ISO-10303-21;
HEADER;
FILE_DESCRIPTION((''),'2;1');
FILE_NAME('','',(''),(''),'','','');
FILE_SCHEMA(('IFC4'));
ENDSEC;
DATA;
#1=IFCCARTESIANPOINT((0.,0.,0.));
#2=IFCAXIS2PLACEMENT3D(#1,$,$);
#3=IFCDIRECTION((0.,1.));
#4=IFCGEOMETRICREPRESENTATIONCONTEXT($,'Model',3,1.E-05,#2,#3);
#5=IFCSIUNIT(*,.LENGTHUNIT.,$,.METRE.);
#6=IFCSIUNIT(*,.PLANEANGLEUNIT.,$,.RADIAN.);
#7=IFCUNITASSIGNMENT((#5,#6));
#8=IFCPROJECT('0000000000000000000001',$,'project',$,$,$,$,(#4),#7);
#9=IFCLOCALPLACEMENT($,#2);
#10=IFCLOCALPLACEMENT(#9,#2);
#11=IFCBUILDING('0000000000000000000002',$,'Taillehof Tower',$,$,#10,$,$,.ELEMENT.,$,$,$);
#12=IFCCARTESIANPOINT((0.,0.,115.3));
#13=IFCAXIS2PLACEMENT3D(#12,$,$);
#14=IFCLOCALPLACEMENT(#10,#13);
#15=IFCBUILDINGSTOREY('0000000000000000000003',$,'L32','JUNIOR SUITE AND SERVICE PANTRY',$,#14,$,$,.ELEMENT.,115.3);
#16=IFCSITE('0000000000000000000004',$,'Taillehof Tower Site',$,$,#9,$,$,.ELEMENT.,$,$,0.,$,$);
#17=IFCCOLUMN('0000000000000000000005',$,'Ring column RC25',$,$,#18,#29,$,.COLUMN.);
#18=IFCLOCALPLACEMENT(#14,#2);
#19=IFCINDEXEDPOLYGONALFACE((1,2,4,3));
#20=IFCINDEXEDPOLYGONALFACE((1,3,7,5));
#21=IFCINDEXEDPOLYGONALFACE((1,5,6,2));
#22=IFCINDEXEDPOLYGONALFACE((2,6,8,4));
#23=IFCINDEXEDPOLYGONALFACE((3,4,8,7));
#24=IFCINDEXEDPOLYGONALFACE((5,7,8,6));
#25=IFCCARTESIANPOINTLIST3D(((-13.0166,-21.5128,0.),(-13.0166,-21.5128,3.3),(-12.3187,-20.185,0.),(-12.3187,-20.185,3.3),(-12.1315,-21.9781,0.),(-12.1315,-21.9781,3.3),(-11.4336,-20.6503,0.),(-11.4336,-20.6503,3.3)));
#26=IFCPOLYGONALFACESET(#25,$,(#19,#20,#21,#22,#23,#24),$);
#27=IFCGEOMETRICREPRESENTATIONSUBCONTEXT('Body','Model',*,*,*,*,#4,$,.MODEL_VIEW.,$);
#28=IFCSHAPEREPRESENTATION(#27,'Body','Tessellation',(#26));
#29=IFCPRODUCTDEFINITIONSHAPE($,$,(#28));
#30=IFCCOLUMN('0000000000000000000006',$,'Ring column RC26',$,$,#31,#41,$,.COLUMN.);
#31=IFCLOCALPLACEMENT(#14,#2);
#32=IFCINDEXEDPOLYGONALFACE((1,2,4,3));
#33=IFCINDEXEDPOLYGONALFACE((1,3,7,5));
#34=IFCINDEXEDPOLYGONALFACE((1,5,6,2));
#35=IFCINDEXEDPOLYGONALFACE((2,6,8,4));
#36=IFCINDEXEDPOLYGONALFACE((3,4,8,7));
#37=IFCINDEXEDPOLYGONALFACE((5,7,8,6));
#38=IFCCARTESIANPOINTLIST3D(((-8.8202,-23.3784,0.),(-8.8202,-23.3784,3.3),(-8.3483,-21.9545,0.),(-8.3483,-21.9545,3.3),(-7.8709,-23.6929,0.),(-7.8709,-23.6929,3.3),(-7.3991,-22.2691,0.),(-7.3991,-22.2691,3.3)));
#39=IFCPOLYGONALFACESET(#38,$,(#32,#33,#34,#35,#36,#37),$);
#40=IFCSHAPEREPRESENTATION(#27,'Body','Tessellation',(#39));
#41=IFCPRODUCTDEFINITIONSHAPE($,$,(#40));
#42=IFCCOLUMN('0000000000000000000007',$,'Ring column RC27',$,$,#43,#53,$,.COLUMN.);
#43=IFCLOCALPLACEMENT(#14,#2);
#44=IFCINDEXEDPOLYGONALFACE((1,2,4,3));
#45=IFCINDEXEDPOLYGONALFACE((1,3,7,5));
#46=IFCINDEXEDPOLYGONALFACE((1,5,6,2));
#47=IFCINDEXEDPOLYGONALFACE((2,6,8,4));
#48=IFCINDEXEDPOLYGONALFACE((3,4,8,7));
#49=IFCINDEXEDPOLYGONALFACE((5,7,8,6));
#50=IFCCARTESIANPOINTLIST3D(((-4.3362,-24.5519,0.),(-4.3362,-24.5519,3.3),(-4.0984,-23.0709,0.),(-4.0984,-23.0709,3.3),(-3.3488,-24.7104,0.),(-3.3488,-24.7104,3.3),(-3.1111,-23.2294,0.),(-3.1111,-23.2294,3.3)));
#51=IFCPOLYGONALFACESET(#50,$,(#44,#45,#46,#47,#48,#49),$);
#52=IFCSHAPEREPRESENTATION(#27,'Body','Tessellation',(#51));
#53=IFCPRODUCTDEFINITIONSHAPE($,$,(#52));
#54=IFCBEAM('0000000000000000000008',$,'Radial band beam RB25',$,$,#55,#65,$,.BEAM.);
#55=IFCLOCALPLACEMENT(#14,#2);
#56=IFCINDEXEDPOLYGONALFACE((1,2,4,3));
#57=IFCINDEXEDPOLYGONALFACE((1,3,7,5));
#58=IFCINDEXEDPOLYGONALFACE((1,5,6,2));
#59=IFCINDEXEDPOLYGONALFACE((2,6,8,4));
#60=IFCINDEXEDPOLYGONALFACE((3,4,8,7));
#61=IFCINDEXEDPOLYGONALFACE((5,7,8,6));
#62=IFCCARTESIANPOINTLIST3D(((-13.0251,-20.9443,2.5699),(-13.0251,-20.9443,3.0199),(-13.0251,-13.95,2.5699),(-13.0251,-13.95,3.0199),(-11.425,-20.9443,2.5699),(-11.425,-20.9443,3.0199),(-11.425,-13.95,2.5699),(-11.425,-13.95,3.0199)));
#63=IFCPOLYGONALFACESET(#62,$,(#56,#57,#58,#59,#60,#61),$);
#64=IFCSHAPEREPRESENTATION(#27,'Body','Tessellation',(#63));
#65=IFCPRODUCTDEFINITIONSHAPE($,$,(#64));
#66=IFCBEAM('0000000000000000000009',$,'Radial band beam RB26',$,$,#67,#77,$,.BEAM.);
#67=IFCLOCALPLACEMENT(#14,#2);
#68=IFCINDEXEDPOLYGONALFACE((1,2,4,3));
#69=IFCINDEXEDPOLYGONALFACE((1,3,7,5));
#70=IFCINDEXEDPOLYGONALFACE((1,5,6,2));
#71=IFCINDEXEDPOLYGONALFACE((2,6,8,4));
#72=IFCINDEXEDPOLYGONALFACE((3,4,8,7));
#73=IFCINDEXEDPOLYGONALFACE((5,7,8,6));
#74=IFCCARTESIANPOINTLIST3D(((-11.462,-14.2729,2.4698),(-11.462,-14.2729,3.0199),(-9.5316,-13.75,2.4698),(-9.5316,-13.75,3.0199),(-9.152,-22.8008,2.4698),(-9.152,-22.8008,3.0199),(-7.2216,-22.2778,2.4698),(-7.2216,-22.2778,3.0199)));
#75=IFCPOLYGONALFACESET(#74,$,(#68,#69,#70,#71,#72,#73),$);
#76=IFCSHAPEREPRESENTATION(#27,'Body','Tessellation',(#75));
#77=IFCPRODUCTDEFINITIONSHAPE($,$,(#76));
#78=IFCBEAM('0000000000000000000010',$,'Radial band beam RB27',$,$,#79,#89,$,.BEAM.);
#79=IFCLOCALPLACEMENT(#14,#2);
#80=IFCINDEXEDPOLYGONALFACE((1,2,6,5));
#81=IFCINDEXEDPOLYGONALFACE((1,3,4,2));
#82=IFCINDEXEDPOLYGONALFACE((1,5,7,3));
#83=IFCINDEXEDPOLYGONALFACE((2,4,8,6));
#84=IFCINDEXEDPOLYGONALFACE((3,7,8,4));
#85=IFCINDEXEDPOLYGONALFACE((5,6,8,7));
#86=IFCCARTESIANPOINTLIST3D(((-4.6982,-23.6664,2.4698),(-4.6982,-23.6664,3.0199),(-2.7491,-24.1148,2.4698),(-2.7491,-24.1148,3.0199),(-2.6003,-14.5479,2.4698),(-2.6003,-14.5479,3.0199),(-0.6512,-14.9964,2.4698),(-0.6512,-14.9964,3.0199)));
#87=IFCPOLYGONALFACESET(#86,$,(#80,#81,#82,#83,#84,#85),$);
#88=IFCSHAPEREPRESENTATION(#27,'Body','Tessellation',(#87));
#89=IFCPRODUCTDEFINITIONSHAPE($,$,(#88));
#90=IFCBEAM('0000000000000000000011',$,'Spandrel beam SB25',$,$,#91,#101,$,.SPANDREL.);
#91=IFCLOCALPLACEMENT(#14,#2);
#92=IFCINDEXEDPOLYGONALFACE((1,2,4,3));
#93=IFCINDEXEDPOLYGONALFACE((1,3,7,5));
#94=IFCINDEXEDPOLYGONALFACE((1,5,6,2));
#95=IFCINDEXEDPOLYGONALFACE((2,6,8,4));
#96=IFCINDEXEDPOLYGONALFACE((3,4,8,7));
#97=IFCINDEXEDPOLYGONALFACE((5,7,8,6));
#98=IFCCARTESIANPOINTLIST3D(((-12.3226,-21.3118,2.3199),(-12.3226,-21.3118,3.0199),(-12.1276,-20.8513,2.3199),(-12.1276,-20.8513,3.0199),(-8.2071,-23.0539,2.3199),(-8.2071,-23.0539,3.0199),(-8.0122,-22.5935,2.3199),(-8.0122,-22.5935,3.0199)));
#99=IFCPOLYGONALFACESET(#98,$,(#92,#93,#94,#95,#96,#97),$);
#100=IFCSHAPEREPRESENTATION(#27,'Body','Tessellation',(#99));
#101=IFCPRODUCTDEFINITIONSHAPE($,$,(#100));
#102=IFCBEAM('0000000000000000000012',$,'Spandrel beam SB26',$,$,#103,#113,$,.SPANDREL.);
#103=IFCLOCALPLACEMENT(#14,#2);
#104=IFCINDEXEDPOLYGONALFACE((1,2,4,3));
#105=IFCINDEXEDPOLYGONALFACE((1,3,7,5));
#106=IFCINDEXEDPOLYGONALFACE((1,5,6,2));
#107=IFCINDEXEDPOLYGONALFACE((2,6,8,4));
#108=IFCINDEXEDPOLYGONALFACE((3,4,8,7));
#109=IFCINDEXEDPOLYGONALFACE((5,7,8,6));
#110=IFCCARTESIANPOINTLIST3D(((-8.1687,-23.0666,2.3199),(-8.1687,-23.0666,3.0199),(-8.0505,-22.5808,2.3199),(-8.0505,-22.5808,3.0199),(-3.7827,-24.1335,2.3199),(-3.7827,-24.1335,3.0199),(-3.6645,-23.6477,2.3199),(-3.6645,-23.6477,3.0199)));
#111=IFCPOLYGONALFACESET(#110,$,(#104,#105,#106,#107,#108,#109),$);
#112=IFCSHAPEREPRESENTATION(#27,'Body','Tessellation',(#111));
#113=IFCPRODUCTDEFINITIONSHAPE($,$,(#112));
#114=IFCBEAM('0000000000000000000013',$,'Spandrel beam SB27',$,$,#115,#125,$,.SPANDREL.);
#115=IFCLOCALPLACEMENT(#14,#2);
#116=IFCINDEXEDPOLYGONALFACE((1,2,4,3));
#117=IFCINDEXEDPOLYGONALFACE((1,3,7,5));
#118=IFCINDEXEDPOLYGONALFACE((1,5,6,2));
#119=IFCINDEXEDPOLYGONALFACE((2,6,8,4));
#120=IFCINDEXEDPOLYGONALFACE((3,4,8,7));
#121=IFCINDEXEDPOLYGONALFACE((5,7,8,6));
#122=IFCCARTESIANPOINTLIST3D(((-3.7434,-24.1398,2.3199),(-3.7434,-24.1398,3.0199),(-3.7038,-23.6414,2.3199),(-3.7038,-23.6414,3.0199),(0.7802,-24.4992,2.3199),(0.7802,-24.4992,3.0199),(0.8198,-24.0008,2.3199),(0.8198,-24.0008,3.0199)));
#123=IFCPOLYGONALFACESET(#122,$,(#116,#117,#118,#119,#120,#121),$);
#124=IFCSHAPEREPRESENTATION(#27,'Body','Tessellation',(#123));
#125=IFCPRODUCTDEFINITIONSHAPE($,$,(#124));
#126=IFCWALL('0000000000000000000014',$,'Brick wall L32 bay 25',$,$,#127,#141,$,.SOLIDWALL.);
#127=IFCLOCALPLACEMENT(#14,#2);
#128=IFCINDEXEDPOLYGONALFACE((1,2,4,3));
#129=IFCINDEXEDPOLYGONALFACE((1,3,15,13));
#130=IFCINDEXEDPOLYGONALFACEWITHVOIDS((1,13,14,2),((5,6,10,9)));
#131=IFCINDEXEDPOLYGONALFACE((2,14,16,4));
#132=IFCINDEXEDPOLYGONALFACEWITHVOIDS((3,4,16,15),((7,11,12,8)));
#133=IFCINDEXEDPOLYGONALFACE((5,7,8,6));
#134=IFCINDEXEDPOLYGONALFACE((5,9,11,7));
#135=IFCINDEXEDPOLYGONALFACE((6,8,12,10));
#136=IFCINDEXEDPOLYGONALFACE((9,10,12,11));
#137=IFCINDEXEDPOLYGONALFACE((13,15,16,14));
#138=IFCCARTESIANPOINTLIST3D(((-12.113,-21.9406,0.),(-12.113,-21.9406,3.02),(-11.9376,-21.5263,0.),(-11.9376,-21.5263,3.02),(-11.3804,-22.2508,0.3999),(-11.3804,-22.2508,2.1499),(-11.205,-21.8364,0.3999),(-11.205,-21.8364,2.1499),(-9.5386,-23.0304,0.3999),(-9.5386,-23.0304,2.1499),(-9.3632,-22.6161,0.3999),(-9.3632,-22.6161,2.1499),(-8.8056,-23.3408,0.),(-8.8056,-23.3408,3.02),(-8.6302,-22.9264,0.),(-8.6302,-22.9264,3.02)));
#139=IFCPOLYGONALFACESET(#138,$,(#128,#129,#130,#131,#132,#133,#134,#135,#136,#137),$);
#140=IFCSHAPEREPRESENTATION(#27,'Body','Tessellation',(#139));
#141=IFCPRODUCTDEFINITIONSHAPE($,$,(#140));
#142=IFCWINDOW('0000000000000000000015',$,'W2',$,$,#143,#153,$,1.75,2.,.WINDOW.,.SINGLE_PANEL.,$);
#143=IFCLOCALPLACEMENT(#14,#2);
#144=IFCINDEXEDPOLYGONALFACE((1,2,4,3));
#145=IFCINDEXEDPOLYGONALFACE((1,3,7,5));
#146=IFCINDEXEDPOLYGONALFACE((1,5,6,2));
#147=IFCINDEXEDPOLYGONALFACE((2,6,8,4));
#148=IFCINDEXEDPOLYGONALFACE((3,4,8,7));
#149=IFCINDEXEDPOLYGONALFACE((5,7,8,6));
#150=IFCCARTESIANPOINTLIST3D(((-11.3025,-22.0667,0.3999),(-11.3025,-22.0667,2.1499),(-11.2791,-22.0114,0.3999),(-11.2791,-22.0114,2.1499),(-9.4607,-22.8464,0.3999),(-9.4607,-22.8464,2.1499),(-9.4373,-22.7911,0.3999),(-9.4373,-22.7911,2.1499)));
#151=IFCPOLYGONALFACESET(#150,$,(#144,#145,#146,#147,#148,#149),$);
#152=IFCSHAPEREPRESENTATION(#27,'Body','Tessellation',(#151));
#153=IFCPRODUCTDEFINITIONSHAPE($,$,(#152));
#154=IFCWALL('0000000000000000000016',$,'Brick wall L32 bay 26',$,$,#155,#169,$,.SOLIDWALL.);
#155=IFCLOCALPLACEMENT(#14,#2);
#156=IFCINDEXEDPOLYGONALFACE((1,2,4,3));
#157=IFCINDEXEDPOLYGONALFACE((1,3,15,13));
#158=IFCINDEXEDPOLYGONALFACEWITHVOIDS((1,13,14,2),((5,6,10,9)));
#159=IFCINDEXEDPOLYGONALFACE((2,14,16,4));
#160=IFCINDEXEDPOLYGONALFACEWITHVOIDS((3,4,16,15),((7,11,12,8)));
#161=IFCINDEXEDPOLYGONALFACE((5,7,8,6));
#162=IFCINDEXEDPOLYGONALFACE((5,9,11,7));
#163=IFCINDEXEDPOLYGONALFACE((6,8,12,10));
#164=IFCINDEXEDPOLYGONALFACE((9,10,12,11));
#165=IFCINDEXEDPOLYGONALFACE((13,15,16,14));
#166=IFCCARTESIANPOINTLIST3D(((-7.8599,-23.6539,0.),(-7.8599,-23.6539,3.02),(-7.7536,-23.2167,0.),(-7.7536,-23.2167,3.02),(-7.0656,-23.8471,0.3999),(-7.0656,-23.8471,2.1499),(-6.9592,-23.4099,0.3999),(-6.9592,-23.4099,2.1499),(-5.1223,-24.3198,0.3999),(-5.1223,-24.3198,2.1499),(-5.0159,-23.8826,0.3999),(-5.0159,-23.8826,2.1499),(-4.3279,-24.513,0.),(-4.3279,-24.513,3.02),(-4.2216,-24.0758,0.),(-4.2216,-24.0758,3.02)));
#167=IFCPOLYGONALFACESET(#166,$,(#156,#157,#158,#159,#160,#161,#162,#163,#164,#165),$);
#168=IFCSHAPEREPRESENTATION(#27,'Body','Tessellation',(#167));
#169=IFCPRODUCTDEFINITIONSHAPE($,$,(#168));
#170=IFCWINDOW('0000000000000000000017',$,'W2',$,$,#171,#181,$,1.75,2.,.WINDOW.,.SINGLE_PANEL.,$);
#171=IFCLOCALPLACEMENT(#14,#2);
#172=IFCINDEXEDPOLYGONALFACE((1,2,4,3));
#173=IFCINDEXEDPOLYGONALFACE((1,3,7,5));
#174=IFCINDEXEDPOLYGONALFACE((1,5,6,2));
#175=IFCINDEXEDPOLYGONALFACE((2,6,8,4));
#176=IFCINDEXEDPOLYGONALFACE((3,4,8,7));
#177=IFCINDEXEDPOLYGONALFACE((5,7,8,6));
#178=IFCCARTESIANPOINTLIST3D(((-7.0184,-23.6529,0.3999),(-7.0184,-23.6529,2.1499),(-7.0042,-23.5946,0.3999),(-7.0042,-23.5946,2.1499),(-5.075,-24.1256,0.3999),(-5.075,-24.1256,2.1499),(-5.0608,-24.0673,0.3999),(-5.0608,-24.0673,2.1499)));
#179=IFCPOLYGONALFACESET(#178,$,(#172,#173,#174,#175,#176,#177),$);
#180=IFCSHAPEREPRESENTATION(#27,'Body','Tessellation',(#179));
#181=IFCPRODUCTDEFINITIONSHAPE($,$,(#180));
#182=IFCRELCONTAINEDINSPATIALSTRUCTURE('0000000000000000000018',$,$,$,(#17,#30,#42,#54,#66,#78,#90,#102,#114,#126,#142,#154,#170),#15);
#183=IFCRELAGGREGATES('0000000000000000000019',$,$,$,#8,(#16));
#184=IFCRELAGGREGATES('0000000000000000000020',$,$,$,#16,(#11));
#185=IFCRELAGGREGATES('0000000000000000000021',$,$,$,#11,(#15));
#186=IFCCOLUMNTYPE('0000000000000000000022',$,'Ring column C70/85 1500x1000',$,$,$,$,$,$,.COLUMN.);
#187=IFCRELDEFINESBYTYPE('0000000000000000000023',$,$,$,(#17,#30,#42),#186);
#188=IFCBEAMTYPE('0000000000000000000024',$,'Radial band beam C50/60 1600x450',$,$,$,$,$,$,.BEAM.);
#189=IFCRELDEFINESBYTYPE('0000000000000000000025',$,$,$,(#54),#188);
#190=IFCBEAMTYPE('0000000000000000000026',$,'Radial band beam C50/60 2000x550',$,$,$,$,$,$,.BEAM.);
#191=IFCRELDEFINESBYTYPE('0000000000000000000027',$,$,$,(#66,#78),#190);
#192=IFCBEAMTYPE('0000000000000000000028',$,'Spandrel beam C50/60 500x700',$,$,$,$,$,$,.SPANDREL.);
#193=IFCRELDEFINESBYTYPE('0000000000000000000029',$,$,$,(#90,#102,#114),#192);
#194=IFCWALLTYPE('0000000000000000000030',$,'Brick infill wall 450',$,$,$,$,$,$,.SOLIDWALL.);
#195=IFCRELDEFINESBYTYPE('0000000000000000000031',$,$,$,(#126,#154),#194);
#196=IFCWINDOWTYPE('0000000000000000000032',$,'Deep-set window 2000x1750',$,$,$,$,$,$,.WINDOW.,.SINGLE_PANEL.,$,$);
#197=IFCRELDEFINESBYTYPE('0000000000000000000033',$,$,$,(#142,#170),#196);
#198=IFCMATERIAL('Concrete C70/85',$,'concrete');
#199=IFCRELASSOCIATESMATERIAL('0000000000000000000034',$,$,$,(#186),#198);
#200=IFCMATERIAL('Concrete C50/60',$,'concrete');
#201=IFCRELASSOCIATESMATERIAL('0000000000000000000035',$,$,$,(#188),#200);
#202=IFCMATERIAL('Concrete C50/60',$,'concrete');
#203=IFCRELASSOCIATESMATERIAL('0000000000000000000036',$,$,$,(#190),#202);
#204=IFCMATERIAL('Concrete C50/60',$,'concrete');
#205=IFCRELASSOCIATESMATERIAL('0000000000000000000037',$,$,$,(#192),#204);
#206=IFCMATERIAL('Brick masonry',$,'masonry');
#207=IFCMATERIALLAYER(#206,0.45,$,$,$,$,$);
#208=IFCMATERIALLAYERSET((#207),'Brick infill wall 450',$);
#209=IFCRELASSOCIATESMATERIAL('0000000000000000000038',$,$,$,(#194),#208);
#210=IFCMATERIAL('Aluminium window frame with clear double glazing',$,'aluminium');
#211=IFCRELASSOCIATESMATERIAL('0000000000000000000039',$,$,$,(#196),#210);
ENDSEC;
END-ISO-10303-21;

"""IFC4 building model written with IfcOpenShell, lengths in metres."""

from ifc_helpers import new_model, si_unit, direction, frame, frame_2d, origin, origin_2d, place, context, subcontext, project, spatial, rectangle, extrude, material, layer, layer_set, material_profile, profile_set, type_object, element, fill, save


model = new_model("IFC4")

# Units and contexts
model_context = context("Model", 3, precision=1e-05, world=origin(), true_north=direction((0.0, 1.0)))
body_context = subcontext(model_context, "Body", "Model", "MODEL_VIEW")
ifc_project = project(units=[si_unit("LENGTHUNIT", "METRE"), si_unit("PLANEANGLEUNIT", "RADIAN")], contexts=[model_context])

# Site, building, storey
site_placement = place(None, origin())
site = spatial("IfcSite", under=ifc_project, at=site_placement, Name="Taillehof Tower Site", CompositionType="ELEMENT", RefElevation=0.0)
building_placement = place(site_placement, origin())
building = spatial("IfcBuilding", under=site, at=building_placement, Name="Taillehof Tower", CompositionType="ELEMENT")
storey_placement = place(building_placement, frame((0.0, 0.0, 115.3)))
storey = spatial("IfcBuildingStorey", under=building, at=storey_placement, Name="L32", Description="JUNIOR SUITE AND SERVICE PANTRY", CompositionType="ELEMENT", Elevation=115.3)

# Columns
ifc_material_1 = material(Name="Concrete C70/85", Category="concrete")
ifc_material_profile_1 = material_profile(ifc_material_1, rectangle(XDim=1.5, YDim=1.0, at=origin_2d()), Name="RC 1500x1000")
ifc_profile_set_1 = profile_set([ifc_material_profile_1], Name="Concrete C70/85")
column_type = type_object("IfcColumnType", Name="Ring column C70/85 1500x1000", PredefinedType="COLUMN", material=ifc_profile_set_1)
for number, where, z_axis, x_axis, name in (
    (1, (-12.2251, -21.0815, 0.0), (0.0, 0.0, 1.0), (-0.465283, -0.885162, 0.0), "Ring column RC25"),
    (2, (-8.1096, -22.8237, 0.0), (0.0, 0.0, 1.0), (-0.314555, -0.949239, 0.0), "Ring column RC26"),
    (3, (-3.7236, -23.8906, 0.0), (0.0, 0.0, 1.0), (-0.158507, -0.987358, 0.0), "Ring column RC27"),
):
    element("IfcColumn", number, at=place(storey_placement, frame(where, z_axis=z_axis, x_axis=x_axis)), inside=storey, type_object=column_type, Name=name, PredefinedType="COLUMN", context=body_context, shape_type="SweptSolid", body=[
        extrude(rectangle(XDim=1.5, YDim=1.0, at=origin_2d()), origin(), (0.0, 0.0, 1.0), 3.3),
    ])

# Beams
ifc_material_2 = material(Name="Concrete C50/60", Category="concrete")
ifc_material_profile_2 = material_profile(ifc_material_2, rectangle(XDim=1.6001, YDim=0.45, at=origin_2d()), Name="RC 1600x450")
ifc_profile_set_2 = profile_set([ifc_material_profile_2], Name="Concrete C50/60")
beam_type_1 = type_object("IfcBeamType", Name="Radial band beam C50/60 1600x450", PredefinedType="BEAM", material=ifc_profile_set_2)
beam_1_placement = place(storey_placement, frame((-12.2251, -20.9443, 2.7949), z_axis=(0.0, 1.0, 0.0), x_axis=(-1.0, 0.0, 0.0)))
element("IfcBeam", 4, at=beam_1_placement, inside=storey, type_object=beam_type_1, Name="Radial band beam RB25", PredefinedType="BEAM", context=body_context, shape_type="SweptSolid", body=[
    extrude(rectangle(XDim=1.6001, YDim=0.45, at=origin_2d()), origin(), (0.0, 0.0, 1.0), 6.9944),
])
ifc_material_3 = material(Name="Concrete C50/60", Category="concrete")
ifc_material_profile_3 = material_profile(ifc_material_3, rectangle(XDim=2.0, YDim=0.55, at=origin_2d()), Name="RC 2000x550")
ifc_profile_set_3 = profile_set([ifc_material_profile_3], Name="Concrete C50/60")
beam_type_2 = type_object("IfcBeamType", Name="Radial band beam C50/60 2000x550", PredefinedType="BEAM", material=ifc_profile_set_3)
beam_2_placement = place(storey_placement, frame((-8.1868, -22.5393, 2.7449), z_axis=(-0.261462, 0.965214, 0.0), x_axis=(-0.965214, -0.261462, 0.0)))
element("IfcBeam", 5, at=beam_2_placement, inside=storey, type_object=beam_type_2, Name="Radial band beam RB26", PredefinedType="BEAM", context=body_context, shape_type="SweptSolid", body=[
    extrude(rectangle(XDim=2.0, YDim=0.55, at=origin_2d()), origin(), (0.0, 0.0, 1.0), 8.8352),
])
beam_3_placement = place(storey_placement, frame((-3.7236, -23.8906, 2.7449), z_axis=(0.224215, 0.97454, 0.0), x_axis=(-0.97454, 0.224215, 0.0)))
element("IfcBeam", 6, at=beam_3_placement, inside=storey, type_object=beam_type_2, Name="Radial band beam RB27", PredefinedType="BEAM", context=body_context, shape_type="SweptSolid", body=[
    extrude(rectangle(XDim=2.0, YDim=0.55, at=origin_2d()), origin(), (0.0, 0.0, 1.0), 9.3567),
])
ifc_material_4 = material(Name="Concrete C50/60", Category="concrete")
ifc_material_profile_4 = material_profile(ifc_material_4, rectangle(XDim=0.5, YDim=0.7, at=origin_2d()), Name="RC 500x700")
ifc_profile_set_4 = profile_set([ifc_material_profile_4], Name="Concrete C50/60")
beam_type_3 = type_object("IfcBeamType", Name="Spandrel beam C50/60 500x700", PredefinedType="SPANDREL", material=ifc_profile_set_4)
beam_4_placement = place(storey_placement, frame((-12.2251, -21.0815, 2.6699), z_axis=(0.920885, -0.389834, 0.0), x_axis=(0.389834, 0.920885, 0.0)))
element("IfcBeam", 7, at=beam_4_placement, inside=storey, type_object=beam_type_3, Name="Spandrel beam SB25", PredefinedType="SPANDREL", context=body_context, shape_type="SweptSolid", body=[
    extrude(rectangle(XDim=0.5, YDim=0.7, at=origin_2d()), origin(), (0.0, 0.0, 1.0), 4.469),
])
beam_5_placement = place(storey_placement, frame((-8.1096, -22.8237, 2.6699), z_axis=(0.971666, -0.236358, 0.0), x_axis=(0.236358, 0.971666, 0.0)))
element("IfcBeam", 8, at=beam_5_placement, inside=storey, type_object=beam_type_3, Name="Spandrel beam SB26", PredefinedType="SPANDREL", context=body_context, shape_type="SweptSolid", body=[
    extrude(rectangle(XDim=0.5, YDim=0.7, at=origin_2d()), origin(), (0.0, 0.0, 1.0), 4.5139),
])
beam_6_placement = place(storey_placement, frame((-3.7236, -23.8906, 2.6699), z_axis=(0.996859, -0.079194, 0.0), x_axis=(0.079194, 0.996859, 0.0)))
element("IfcBeam", 9, at=beam_6_placement, inside=storey, type_object=beam_type_3, Name="Spandrel beam SB27", PredefinedType="SPANDREL", context=body_context, shape_type="SweptSolid", body=[
    extrude(rectangle(XDim=0.5, YDim=0.7, at=origin_2d()), origin(), (0.0, 0.0, 1.0), 4.5378),
])

# Walls, openings, windows
ifc_material_5 = material(Name="Brick masonry", Category="masonry")
ifc_layer_1 = layer(ifc_material_5, 0.45)
ifc_layer_set_1 = layer_set([ifc_layer_1], Name="Brick infill wall 450")
wall_type_1 = type_object("IfcWallType", Name="Brick infill wall 450", PredefinedType="SOLIDWALL", material=ifc_layer_set_1)
wall_1_placement = place(storey_placement, frame((-12.0254, -21.7334, 0.0), z_axis=(0.0, 0.0, 1.0), x_axis=(0.92088, -0.389846, 0.0)))
wall_1 = element("IfcWall", 10, at=wall_1_placement, inside=storey, type_object=wall_type_1, Name="Brick wall L32 bay 25", PredefinedType="SOLIDWALL", context=body_context, shape_type="SweptSolid", body=[
    extrude(rectangle(XDim=3.5916, YDim=0.45, at=frame_2d((1.7959, 0.0))), origin(), (0.0, 0.0, 1.0), 3.02),
])
opening_1_placement = place(wall_1_placement, frame((0.7957, 0.0, 0.3999)))
opening_1 = element("IfcOpeningElement", 11, at=opening_1_placement, cuts=wall_1, PredefinedType="OPENING", context=body_context, shape_type="SweptSolid", body=[
    extrude(rectangle(XDim=2.0, YDim=1.75, at=frame_2d((1.0, 0.875))), frame((0.0, 0.2349, 0.0), z_axis=(0.0, -1.0, 0.0), x_axis=(1.0, 0.0, 0.0)), (0.0, 0.0, 1.0), 0.47),
])
ifc_material_6 = material(Name="Aluminium window frame with clear double glazing", Category="aluminium")
window_type_1 = type_object("IfcWindowType", Name="Deep-set window 2000x1750", PartitioningType="SINGLE_PANEL", PredefinedType="WINDOW", material=ifc_material_6)
window_1_placement = place(opening_1_placement, origin())
window_1 = element("IfcWindow", 12, at=window_1_placement, inside=storey, type_object=window_type_1, Name="W2", OverallHeight=1.75, OverallWidth=2.0, PartitioningType="SINGLE_PANEL", PredefinedType="WINDOW", context=body_context, shape_type="SweptSolid", body=[
    extrude(rectangle(XDim=2.0, YDim=1.75, at=frame_2d((1.0, 0.875))), frame((0.0, 0.0349, 0.0), z_axis=(0.0, -1.0, 0.0), x_axis=(1.0, 0.0, 0.0)), (0.0, 0.0, 1.0), 0.0601),
])
fill(opening_1, window_1)
wall_2_placement = place(storey_placement, frame((-7.8066, -23.4353, 0.0), z_axis=(0.0, 0.0, 1.0), x_axis=(0.971668, -0.236352, 0.0)))
wall_2 = element("IfcWall", 13, at=wall_2_placement, inside=storey, type_object=wall_type_1, Name="Brick wall L32 bay 26", PredefinedType="SOLIDWALL", context=body_context, shape_type="SweptSolid", body=[
    extrude(rectangle(XDim=3.635, YDim=0.45, at=frame_2d((1.8174, 0.0))), origin(), (0.0, 0.0, 1.0), 3.02),
])
opening_2_placement = place(wall_2_placement, frame((0.8174, 0.0, 0.3999)))
opening_2 = element("IfcOpeningElement", 14, at=opening_2_placement, cuts=wall_2, PredefinedType="OPENING", context=body_context, shape_type="SweptSolid", body=[
    extrude(rectangle(XDim=2.0, YDim=1.75, at=frame_2d((1.0, 0.875))), frame((0.0, 0.2349, 0.0), z_axis=(0.0, -1.0, 0.0), x_axis=(1.0, 0.0, 0.0)), (0.0, 0.0, 1.0), 0.47),
])
window_2_placement = place(opening_2_placement, origin())
window_2 = element("IfcWindow", 15, at=window_2_placement, inside=storey, type_object=window_type_1, Name="W2", OverallHeight=1.75, OverallWidth=2.0, PartitioningType="SINGLE_PANEL", PredefinedType="WINDOW", context=body_context, shape_type="SweptSolid", body=[
    extrude(rectangle(XDim=2.0, YDim=1.75, at=frame_2d((1.0, 0.875))), frame((0.0, 0.0349, 0.0), z_axis=(0.0, -1.0, 0.0), x_axis=(1.0, 0.0, 0.0)), (0.0, 0.0, 1.0), 0.0601),
])
fill(opening_2, window_2)

save(model, "model.ifc")
